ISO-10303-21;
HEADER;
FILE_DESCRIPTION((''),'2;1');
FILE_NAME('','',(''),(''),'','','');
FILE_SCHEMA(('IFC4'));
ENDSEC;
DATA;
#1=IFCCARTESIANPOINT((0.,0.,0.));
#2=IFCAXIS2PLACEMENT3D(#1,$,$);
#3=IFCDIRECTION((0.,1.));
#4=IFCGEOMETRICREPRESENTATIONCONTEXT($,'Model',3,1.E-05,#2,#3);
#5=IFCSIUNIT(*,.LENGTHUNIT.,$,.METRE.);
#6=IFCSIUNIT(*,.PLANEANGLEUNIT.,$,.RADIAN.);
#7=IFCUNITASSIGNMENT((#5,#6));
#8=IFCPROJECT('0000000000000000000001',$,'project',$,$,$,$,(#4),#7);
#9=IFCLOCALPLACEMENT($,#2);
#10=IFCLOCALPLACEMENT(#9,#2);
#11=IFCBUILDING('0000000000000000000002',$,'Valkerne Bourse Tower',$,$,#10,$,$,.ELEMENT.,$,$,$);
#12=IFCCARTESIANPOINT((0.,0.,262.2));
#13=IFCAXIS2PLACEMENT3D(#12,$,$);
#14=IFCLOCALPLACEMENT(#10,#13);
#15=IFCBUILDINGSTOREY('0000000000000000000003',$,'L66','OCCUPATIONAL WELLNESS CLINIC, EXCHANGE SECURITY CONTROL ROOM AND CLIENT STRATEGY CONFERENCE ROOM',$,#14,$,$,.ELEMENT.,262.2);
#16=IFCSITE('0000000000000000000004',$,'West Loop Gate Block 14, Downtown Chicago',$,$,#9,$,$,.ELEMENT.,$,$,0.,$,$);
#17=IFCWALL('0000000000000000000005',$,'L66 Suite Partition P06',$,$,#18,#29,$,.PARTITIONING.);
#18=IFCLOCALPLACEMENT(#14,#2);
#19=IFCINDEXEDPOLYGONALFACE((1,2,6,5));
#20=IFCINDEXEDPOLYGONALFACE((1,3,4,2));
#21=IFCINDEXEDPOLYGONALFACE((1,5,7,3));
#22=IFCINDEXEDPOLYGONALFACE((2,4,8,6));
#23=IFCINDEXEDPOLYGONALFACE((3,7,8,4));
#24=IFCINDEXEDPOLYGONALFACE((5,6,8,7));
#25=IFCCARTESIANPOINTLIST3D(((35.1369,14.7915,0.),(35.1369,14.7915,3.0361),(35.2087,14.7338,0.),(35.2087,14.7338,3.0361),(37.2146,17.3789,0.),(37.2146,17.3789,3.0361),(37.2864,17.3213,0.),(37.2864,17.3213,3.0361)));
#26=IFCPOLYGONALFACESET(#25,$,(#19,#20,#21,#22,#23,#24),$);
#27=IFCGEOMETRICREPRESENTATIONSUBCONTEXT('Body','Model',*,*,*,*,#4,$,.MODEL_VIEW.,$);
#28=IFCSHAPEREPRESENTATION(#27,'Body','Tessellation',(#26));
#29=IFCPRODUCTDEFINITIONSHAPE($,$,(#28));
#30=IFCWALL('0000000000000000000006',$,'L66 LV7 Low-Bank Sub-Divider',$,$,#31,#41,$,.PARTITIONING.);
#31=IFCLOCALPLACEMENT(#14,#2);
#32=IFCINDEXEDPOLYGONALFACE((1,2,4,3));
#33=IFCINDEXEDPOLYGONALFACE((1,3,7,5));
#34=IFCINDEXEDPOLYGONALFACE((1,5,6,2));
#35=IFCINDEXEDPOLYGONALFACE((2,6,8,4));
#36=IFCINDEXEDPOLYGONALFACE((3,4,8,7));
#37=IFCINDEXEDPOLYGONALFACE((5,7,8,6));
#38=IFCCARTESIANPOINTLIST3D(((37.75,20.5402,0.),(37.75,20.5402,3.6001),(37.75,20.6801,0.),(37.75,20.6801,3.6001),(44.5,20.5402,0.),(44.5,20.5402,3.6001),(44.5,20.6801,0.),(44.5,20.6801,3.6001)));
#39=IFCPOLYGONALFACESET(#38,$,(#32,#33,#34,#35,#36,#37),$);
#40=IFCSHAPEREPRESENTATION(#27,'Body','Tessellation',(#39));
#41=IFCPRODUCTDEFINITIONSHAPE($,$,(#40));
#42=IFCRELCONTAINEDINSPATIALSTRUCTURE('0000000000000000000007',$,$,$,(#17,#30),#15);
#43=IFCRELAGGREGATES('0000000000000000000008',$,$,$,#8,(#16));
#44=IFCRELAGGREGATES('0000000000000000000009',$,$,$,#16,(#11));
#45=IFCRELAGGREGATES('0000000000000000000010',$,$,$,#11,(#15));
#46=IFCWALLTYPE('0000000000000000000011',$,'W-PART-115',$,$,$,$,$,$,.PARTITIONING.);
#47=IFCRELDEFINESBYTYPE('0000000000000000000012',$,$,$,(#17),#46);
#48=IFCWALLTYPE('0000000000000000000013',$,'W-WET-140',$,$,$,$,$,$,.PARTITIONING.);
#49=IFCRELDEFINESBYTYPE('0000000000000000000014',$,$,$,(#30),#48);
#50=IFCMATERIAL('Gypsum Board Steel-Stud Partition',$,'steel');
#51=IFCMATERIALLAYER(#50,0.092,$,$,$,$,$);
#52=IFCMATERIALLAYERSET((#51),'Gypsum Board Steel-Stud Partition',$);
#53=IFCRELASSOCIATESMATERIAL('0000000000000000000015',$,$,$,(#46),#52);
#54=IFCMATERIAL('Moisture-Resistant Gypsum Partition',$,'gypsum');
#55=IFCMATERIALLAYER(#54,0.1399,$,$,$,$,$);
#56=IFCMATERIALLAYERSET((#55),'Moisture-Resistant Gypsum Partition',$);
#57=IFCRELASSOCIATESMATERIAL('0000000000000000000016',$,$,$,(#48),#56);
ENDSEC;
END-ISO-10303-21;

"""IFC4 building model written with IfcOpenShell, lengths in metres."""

from ifc_helpers import new_model, si_unit, direction, frame, frame_2d, origin, place, context, subcontext, project, spatial, rectangle, extrude, material, layer, layer_set, type_object, element, save


model = new_model("IFC4")

# Units and contexts
model_context = context("Model", 3, precision=1e-05, world=origin(), true_north=direction((0.0, 1.0)))
body_context = subcontext(model_context, "Body", "Model", "MODEL_VIEW")
ifc_project = project(units=[si_unit("LENGTHUNIT", "METRE"), si_unit("PLANEANGLEUNIT", "RADIAN")], contexts=[model_context])

# Site, building, storey
site_placement = place(None, origin())
site = spatial("IfcSite", under=ifc_project, at=site_placement, Name="West Loop Gate Block 14, Downtown Chicago", CompositionType="ELEMENT", RefElevation=0.0)
building_placement = place(site_placement, origin())
building = spatial("IfcBuilding", under=site, at=building_placement, Name="Valkerne Bourse Tower", CompositionType="ELEMENT")
storey_placement = place(building_placement, frame((0.0, 0.0, 262.2)))
storey = spatial("IfcBuildingStorey", under=building, at=storey_placement, Name="L66", Description="OCCUPATIONAL WELLNESS CLINIC, EXCHANGE SECURITY CONTROL ROOM AND CLIENT STRATEGY CONFERENCE ROOM", CompositionType="ELEMENT", Elevation=262.2)

# Walls
ifc_material_1 = material(Name="Gypsum Board Steel-Stud Partition", Category="steel")
ifc_layer_1 = layer(ifc_material_1, 0.092)
ifc_layer_set_1 = layer_set([ifc_layer_1], Name="Gypsum Board Steel-Stud Partition")
wall_type_1 = type_object("IfcWallType", Name="W-PART-115", PredefinedType="PARTITIONING", material=ifc_layer_set_1)
wall_1_placement = place(storey_placement, frame((37.2505, 17.3501, 0.0), z_axis=(0.0, 0.0, 1.0), x_axis=(-0.626112, -0.779733, 0.0)))
element("IfcWall", 1, at=wall_1_placement, inside=storey, type_object=wall_type_1, Name="L66 Suite Partition P06", PredefinedType="PARTITIONING", context=body_context, shape_type="SweptSolid", body=[
    extrude(rectangle(XDim=3.3184, YDim=0.092, at=frame_2d((1.6592, 0.0))), origin(), (0.0, 0.0, 1.0), 3.0361),
])
ifc_material_2 = material(Name="Moisture-Resistant Gypsum Partition", Category="gypsum")
ifc_layer_2 = layer(ifc_material_2, 0.1399)
ifc_layer_set_2 = layer_set([ifc_layer_2], Name="Moisture-Resistant Gypsum Partition")
wall_type_2 = type_object("IfcWallType", Name="W-WET-140", PredefinedType="PARTITIONING", material=ifc_layer_set_2)
wall_2_placement = place(storey_placement, frame((37.75, 20.6101, 0.0), z_axis=(0.0, 0.0, 1.0), x_axis=(1.0, 0.0, 0.0)))
element("IfcWall", 2, at=wall_2_placement, inside=storey, type_object=wall_type_2, Name="L66 LV7 Low-Bank Sub-Divider", PredefinedType="PARTITIONING", context=body_context, shape_type="SweptSolid", body=[
    extrude(rectangle(XDim=6.75, YDim=0.1399, at=frame_2d((3.375, 0.0))), origin(), (0.0, 0.0, 1.0), 3.6001),
])

save(model, "model.ifc")
